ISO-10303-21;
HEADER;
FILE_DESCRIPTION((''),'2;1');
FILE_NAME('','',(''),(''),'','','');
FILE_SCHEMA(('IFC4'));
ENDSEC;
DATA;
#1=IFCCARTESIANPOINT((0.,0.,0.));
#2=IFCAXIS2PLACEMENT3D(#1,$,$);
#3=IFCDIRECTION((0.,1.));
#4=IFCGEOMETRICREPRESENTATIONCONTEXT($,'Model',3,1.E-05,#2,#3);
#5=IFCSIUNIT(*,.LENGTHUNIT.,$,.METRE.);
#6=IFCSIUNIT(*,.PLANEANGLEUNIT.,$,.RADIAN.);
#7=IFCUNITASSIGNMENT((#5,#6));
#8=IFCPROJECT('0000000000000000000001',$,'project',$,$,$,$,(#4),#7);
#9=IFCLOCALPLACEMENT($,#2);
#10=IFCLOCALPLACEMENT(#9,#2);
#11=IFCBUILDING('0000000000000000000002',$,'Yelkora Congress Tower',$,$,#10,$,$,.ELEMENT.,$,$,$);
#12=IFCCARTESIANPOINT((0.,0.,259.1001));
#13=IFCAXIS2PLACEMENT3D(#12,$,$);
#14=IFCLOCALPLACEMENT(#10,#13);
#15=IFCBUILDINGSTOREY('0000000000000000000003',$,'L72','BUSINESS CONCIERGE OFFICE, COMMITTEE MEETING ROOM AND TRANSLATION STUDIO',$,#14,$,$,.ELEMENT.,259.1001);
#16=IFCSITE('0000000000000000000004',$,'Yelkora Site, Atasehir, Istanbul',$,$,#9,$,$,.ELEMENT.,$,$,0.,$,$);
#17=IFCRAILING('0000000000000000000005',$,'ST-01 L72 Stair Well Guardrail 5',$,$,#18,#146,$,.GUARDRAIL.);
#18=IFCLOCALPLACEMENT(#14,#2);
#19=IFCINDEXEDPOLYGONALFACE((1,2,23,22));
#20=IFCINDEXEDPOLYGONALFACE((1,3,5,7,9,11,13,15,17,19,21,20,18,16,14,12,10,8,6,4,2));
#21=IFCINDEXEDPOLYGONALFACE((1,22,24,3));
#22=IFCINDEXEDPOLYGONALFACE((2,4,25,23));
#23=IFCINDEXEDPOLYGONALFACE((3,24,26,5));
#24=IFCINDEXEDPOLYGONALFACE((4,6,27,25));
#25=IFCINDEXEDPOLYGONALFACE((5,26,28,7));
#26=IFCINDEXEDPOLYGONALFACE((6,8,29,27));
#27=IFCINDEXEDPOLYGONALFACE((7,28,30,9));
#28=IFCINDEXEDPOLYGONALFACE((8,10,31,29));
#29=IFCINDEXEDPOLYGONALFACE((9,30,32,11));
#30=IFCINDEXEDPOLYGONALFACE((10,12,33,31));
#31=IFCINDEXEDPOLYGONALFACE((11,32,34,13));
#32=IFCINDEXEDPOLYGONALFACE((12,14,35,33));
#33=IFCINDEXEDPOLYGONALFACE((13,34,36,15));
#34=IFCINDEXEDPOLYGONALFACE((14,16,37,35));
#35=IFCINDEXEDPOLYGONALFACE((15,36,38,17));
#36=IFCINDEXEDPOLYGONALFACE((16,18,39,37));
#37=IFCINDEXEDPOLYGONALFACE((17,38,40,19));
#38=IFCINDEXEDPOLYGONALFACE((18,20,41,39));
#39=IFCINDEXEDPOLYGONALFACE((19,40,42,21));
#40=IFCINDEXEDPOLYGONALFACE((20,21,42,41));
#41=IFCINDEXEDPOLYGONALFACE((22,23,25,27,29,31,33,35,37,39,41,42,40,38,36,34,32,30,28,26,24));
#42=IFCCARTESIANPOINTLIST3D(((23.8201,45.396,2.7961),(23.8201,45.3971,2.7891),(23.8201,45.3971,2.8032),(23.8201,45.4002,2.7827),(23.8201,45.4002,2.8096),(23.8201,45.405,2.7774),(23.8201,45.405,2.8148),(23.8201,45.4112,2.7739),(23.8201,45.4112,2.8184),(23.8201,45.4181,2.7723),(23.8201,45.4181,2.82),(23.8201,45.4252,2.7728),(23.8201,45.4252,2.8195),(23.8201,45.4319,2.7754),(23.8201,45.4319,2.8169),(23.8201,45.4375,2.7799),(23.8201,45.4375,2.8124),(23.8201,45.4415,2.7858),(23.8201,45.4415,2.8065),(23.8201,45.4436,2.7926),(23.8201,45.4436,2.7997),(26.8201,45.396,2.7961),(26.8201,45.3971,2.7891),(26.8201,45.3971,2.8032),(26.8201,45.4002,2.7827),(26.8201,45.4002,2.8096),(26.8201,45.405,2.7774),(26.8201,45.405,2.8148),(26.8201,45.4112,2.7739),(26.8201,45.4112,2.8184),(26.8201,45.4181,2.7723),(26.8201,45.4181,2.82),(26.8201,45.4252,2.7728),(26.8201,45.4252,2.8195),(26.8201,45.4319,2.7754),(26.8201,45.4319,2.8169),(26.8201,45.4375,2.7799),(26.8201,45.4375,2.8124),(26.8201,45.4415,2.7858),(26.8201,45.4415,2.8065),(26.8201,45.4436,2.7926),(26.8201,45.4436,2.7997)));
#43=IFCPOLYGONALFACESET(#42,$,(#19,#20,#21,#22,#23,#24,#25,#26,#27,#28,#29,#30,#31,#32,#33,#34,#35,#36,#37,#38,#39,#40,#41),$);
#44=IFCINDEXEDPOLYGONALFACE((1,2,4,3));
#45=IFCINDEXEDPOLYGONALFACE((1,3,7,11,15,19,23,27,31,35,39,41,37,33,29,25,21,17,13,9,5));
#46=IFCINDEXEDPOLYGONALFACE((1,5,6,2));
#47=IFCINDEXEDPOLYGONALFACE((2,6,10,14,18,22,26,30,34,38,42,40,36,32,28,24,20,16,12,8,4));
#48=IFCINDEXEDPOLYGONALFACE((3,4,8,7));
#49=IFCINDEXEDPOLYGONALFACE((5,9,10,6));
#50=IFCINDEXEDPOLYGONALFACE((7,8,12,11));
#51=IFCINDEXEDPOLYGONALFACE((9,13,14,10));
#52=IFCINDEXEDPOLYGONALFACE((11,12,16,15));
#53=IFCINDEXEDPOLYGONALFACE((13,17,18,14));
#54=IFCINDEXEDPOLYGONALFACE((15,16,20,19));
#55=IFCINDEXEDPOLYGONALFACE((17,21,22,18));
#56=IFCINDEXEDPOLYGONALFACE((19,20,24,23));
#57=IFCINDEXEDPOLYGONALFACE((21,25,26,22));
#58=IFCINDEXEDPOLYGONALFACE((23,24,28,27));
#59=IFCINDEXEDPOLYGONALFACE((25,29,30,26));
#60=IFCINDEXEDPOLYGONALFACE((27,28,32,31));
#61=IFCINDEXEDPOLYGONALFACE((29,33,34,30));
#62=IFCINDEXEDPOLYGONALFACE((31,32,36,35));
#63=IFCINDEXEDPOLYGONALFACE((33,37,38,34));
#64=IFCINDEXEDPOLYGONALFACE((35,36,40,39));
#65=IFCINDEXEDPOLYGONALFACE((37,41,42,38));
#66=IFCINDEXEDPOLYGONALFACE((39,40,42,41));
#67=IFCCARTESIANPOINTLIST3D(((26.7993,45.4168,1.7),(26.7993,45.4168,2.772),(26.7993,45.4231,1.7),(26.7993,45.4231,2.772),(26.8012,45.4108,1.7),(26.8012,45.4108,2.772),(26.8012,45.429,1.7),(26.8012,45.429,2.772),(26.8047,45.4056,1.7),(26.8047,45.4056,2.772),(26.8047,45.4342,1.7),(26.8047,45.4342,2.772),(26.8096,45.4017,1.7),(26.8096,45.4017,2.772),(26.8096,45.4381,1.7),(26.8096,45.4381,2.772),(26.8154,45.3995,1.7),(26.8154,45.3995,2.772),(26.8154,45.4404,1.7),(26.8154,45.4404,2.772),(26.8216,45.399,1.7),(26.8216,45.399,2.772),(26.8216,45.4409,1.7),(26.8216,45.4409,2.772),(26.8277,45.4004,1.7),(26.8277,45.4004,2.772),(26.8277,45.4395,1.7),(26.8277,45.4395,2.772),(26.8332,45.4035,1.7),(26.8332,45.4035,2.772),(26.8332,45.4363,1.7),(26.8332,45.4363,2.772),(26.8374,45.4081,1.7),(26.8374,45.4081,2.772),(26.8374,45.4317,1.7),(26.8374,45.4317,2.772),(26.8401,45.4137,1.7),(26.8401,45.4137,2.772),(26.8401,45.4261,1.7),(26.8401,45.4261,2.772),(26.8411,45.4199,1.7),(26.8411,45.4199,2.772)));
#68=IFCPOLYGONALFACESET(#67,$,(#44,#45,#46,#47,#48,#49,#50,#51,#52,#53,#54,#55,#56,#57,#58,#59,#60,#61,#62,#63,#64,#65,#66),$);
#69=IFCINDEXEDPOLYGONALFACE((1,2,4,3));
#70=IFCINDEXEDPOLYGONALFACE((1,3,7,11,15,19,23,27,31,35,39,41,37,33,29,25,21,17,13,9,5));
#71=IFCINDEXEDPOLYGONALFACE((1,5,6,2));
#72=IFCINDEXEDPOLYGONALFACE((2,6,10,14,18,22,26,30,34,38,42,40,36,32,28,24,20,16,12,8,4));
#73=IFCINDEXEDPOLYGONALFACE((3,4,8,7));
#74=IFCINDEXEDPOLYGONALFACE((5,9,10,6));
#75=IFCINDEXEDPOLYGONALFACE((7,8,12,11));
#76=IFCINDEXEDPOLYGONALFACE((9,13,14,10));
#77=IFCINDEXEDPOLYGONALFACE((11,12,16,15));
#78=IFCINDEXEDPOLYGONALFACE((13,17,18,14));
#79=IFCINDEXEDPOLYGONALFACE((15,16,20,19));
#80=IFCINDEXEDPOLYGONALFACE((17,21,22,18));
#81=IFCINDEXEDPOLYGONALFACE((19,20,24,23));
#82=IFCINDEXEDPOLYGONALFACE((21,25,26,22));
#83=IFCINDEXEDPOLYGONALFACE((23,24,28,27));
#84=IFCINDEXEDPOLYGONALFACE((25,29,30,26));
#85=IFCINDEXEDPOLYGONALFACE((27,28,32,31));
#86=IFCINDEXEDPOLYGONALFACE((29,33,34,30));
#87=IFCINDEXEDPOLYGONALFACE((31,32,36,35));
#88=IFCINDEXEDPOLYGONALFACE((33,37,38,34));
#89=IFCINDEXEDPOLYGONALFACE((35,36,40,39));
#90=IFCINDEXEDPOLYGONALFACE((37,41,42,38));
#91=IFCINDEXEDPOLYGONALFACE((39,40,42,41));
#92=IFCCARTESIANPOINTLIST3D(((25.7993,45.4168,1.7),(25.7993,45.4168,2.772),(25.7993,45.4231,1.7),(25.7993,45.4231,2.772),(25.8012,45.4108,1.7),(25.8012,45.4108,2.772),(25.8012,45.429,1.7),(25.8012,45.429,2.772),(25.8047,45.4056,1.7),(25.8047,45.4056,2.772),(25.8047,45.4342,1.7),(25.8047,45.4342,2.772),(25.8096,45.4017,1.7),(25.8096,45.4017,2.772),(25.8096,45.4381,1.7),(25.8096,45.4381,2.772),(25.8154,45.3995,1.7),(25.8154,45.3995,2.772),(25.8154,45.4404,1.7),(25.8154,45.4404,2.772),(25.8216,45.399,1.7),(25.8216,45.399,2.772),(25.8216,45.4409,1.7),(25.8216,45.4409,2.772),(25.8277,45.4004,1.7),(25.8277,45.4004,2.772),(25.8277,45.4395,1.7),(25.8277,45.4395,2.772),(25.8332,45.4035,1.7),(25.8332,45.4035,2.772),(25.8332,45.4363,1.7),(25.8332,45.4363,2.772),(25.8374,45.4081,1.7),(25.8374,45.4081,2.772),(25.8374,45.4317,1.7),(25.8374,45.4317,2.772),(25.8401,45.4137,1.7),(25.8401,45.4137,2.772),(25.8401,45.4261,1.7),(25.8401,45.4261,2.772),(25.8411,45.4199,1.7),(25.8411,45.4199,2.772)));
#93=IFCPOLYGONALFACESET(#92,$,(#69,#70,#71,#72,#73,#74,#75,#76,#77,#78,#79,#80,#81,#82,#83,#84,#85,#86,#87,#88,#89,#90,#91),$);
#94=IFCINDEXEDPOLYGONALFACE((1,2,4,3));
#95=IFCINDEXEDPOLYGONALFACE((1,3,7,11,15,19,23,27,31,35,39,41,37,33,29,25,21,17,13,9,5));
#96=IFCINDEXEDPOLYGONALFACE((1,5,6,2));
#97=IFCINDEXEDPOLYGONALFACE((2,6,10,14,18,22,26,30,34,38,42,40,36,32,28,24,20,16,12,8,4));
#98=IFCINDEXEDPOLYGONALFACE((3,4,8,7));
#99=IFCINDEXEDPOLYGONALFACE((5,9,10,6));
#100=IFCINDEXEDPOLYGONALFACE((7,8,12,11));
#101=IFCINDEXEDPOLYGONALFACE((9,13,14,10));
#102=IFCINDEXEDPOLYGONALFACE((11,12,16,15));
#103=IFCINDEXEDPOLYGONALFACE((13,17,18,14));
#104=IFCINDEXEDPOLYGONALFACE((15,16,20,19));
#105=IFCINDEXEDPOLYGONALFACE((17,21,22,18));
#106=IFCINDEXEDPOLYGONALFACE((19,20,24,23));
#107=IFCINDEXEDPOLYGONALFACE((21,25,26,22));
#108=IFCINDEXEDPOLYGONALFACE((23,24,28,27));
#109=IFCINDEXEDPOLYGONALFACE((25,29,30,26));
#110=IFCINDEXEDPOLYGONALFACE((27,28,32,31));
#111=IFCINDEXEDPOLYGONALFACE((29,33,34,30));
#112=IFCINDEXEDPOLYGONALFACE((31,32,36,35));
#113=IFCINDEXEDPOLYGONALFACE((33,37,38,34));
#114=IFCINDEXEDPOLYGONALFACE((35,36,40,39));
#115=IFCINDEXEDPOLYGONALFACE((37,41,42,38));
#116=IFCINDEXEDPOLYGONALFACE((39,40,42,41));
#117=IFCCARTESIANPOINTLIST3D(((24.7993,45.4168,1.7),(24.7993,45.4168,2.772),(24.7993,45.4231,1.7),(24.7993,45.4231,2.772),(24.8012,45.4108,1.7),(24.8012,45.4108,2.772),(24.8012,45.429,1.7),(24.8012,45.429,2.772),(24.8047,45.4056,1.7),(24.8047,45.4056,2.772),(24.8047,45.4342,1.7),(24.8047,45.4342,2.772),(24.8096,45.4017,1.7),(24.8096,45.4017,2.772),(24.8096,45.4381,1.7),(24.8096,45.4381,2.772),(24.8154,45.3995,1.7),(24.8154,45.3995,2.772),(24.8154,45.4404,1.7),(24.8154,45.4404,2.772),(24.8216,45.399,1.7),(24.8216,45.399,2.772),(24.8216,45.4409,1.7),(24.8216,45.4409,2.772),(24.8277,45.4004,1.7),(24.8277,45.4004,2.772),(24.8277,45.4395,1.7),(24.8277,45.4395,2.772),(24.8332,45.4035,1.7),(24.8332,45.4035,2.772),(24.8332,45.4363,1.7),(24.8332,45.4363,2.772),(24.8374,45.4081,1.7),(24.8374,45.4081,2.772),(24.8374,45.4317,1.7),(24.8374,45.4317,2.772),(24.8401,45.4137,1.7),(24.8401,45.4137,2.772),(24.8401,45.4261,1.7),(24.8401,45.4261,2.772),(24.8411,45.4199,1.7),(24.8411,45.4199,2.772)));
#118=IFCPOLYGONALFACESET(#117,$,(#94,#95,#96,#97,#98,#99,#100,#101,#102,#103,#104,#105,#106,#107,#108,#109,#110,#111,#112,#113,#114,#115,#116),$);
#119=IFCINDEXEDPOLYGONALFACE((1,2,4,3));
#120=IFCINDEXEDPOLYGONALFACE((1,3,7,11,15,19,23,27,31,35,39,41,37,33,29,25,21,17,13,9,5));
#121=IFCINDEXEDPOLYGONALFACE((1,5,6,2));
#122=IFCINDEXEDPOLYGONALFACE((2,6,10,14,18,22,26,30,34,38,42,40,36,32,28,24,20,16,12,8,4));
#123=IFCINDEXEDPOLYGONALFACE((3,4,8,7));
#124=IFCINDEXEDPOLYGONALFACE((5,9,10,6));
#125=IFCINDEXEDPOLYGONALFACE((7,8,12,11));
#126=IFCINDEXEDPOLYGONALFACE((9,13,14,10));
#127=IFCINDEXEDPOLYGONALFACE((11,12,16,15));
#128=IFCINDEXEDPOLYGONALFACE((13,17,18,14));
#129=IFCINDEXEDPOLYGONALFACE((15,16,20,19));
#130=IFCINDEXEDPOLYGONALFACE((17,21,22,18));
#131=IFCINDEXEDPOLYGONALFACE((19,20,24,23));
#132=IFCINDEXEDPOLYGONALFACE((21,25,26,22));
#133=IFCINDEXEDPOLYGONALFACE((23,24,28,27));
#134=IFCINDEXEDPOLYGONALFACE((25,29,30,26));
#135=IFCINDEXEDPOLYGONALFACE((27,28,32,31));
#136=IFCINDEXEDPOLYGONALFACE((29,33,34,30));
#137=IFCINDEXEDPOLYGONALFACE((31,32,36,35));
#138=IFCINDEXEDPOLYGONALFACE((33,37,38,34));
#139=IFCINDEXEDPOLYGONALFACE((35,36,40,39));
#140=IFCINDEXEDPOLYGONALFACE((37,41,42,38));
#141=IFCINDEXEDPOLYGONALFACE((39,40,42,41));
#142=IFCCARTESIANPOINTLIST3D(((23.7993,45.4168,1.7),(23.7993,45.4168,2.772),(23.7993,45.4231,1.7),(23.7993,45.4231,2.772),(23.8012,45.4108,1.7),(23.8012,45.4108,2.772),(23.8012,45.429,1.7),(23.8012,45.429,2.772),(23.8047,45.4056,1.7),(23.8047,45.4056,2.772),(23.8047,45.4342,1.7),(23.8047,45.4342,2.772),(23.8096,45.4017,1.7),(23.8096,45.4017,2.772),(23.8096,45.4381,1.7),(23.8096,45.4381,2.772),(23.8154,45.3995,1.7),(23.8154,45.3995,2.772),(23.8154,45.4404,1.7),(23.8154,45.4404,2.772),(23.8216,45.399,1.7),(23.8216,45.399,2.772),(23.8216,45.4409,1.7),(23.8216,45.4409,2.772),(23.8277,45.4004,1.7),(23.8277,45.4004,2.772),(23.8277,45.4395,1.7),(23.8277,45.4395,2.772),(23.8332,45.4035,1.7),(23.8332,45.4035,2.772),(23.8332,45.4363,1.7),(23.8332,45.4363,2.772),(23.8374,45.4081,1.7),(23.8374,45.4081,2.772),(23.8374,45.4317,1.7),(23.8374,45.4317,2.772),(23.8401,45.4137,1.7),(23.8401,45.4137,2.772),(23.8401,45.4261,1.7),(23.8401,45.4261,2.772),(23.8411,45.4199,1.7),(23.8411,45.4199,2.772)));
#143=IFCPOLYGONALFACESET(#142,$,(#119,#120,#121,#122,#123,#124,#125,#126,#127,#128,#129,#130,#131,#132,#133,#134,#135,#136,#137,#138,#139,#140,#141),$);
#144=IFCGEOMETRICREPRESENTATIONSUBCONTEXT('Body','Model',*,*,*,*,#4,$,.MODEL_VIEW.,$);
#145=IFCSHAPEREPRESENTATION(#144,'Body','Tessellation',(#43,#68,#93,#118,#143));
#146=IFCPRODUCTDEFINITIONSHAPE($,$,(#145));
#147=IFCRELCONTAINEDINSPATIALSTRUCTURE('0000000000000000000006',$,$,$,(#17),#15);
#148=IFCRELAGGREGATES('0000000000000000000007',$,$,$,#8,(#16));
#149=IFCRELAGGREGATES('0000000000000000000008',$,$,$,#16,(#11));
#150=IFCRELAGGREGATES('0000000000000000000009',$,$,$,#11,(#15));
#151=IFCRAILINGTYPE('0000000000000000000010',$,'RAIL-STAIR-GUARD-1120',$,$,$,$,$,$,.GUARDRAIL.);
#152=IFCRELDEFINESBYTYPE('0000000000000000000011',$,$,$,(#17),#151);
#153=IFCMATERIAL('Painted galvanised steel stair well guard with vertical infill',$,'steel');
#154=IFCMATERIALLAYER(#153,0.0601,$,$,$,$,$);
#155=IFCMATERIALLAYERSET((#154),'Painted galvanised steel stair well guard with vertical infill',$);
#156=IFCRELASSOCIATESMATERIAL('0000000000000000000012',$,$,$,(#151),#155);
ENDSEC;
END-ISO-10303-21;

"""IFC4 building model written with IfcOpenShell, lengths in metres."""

from ifc_helpers import new_model, si_unit, direction, frame, origin, origin_2d, place, context, subcontext, project, spatial, circle, extrude, material, layer, layer_set, type_object, element, save


model = new_model("IFC4")

# Units and contexts
model_context = context("Model", 3, precision=1e-05, world=origin(), true_north=direction((0.0, 1.0)))
body_context = subcontext(model_context, "Body", "Model", "MODEL_VIEW")
ifc_project = project(units=[si_unit("LENGTHUNIT", "METRE"), si_unit("PLANEANGLEUNIT", "RADIAN")], contexts=[model_context])

# Site, building, storey
site_placement = place(None, origin())
site = spatial("IfcSite", under=ifc_project, at=site_placement, Name="Yelkora Site, Atasehir, Istanbul", CompositionType="ELEMENT", RefElevation=0.0)
building_placement = place(site_placement, origin())
building = spatial("IfcBuilding", under=site, at=building_placement, Name="Yelkora Congress Tower", CompositionType="ELEMENT")
storey_placement = place(building_placement, frame((0.0, 0.0, 259.1001)))
storey = spatial("IfcBuildingStorey", under=building, at=storey_placement, Name="L72", Description="BUSINESS CONCIERGE OFFICE, COMMITTEE MEETING ROOM AND TRANSLATION STUDIO", CompositionType="ELEMENT", Elevation=259.1001)

# Railing
ifc_material_1 = material(Name="Painted galvanised steel stair well guard with vertical infill", Category="steel")
ifc_layer_1 = layer(ifc_material_1, 0.0601)
ifc_layer_set_1 = layer_set([ifc_layer_1], Name="Painted galvanised steel stair well guard with vertical infill")
railing_type = type_object("IfcRailingType", Name="RAIL-STAIR-GUARD-1120", PredefinedType="GUARDRAIL", material=ifc_layer_set_1)
railing_1_placement = place(storey_placement, frame((26.8201, 45.4199, 1.7)))
element("IfcRailing", 1, at=railing_1_placement, inside=storey, type_object=railing_type, Name="ST-01 L72 Stair Well Guardrail 5", PredefinedType="GUARDRAIL", context=body_context, shape_type="SweptSolid", body=[
    extrude(circle(Radius=0.0239, at=origin_2d()), frame((0.0, 0.0, 1.0962), z_axis=(-1.0, 0.0, 0.0), x_axis=(0.0, -1.0, 0.0)), (0.0, 0.0, 1.0), 3.0),
    extrude(circle(Radius=0.021, at=origin_2d()), origin(), (0.0, 0.0, 1.0), 1.072),
    extrude(circle(Radius=0.021, at=origin_2d()), frame((-1.0, 0.0, 0.0)), (0.0, 0.0, 1.0), 1.072),
    extrude(circle(Radius=0.021, at=origin_2d()), frame((-2.0, 0.0, 0.0)), (0.0, 0.0, 1.0), 1.072),
    extrude(circle(Radius=0.021, at=origin_2d()), frame((-3.0, 0.0, 0.0)), (0.0, 0.0, 1.0), 1.072),
])

save(model, "model.ifc")
